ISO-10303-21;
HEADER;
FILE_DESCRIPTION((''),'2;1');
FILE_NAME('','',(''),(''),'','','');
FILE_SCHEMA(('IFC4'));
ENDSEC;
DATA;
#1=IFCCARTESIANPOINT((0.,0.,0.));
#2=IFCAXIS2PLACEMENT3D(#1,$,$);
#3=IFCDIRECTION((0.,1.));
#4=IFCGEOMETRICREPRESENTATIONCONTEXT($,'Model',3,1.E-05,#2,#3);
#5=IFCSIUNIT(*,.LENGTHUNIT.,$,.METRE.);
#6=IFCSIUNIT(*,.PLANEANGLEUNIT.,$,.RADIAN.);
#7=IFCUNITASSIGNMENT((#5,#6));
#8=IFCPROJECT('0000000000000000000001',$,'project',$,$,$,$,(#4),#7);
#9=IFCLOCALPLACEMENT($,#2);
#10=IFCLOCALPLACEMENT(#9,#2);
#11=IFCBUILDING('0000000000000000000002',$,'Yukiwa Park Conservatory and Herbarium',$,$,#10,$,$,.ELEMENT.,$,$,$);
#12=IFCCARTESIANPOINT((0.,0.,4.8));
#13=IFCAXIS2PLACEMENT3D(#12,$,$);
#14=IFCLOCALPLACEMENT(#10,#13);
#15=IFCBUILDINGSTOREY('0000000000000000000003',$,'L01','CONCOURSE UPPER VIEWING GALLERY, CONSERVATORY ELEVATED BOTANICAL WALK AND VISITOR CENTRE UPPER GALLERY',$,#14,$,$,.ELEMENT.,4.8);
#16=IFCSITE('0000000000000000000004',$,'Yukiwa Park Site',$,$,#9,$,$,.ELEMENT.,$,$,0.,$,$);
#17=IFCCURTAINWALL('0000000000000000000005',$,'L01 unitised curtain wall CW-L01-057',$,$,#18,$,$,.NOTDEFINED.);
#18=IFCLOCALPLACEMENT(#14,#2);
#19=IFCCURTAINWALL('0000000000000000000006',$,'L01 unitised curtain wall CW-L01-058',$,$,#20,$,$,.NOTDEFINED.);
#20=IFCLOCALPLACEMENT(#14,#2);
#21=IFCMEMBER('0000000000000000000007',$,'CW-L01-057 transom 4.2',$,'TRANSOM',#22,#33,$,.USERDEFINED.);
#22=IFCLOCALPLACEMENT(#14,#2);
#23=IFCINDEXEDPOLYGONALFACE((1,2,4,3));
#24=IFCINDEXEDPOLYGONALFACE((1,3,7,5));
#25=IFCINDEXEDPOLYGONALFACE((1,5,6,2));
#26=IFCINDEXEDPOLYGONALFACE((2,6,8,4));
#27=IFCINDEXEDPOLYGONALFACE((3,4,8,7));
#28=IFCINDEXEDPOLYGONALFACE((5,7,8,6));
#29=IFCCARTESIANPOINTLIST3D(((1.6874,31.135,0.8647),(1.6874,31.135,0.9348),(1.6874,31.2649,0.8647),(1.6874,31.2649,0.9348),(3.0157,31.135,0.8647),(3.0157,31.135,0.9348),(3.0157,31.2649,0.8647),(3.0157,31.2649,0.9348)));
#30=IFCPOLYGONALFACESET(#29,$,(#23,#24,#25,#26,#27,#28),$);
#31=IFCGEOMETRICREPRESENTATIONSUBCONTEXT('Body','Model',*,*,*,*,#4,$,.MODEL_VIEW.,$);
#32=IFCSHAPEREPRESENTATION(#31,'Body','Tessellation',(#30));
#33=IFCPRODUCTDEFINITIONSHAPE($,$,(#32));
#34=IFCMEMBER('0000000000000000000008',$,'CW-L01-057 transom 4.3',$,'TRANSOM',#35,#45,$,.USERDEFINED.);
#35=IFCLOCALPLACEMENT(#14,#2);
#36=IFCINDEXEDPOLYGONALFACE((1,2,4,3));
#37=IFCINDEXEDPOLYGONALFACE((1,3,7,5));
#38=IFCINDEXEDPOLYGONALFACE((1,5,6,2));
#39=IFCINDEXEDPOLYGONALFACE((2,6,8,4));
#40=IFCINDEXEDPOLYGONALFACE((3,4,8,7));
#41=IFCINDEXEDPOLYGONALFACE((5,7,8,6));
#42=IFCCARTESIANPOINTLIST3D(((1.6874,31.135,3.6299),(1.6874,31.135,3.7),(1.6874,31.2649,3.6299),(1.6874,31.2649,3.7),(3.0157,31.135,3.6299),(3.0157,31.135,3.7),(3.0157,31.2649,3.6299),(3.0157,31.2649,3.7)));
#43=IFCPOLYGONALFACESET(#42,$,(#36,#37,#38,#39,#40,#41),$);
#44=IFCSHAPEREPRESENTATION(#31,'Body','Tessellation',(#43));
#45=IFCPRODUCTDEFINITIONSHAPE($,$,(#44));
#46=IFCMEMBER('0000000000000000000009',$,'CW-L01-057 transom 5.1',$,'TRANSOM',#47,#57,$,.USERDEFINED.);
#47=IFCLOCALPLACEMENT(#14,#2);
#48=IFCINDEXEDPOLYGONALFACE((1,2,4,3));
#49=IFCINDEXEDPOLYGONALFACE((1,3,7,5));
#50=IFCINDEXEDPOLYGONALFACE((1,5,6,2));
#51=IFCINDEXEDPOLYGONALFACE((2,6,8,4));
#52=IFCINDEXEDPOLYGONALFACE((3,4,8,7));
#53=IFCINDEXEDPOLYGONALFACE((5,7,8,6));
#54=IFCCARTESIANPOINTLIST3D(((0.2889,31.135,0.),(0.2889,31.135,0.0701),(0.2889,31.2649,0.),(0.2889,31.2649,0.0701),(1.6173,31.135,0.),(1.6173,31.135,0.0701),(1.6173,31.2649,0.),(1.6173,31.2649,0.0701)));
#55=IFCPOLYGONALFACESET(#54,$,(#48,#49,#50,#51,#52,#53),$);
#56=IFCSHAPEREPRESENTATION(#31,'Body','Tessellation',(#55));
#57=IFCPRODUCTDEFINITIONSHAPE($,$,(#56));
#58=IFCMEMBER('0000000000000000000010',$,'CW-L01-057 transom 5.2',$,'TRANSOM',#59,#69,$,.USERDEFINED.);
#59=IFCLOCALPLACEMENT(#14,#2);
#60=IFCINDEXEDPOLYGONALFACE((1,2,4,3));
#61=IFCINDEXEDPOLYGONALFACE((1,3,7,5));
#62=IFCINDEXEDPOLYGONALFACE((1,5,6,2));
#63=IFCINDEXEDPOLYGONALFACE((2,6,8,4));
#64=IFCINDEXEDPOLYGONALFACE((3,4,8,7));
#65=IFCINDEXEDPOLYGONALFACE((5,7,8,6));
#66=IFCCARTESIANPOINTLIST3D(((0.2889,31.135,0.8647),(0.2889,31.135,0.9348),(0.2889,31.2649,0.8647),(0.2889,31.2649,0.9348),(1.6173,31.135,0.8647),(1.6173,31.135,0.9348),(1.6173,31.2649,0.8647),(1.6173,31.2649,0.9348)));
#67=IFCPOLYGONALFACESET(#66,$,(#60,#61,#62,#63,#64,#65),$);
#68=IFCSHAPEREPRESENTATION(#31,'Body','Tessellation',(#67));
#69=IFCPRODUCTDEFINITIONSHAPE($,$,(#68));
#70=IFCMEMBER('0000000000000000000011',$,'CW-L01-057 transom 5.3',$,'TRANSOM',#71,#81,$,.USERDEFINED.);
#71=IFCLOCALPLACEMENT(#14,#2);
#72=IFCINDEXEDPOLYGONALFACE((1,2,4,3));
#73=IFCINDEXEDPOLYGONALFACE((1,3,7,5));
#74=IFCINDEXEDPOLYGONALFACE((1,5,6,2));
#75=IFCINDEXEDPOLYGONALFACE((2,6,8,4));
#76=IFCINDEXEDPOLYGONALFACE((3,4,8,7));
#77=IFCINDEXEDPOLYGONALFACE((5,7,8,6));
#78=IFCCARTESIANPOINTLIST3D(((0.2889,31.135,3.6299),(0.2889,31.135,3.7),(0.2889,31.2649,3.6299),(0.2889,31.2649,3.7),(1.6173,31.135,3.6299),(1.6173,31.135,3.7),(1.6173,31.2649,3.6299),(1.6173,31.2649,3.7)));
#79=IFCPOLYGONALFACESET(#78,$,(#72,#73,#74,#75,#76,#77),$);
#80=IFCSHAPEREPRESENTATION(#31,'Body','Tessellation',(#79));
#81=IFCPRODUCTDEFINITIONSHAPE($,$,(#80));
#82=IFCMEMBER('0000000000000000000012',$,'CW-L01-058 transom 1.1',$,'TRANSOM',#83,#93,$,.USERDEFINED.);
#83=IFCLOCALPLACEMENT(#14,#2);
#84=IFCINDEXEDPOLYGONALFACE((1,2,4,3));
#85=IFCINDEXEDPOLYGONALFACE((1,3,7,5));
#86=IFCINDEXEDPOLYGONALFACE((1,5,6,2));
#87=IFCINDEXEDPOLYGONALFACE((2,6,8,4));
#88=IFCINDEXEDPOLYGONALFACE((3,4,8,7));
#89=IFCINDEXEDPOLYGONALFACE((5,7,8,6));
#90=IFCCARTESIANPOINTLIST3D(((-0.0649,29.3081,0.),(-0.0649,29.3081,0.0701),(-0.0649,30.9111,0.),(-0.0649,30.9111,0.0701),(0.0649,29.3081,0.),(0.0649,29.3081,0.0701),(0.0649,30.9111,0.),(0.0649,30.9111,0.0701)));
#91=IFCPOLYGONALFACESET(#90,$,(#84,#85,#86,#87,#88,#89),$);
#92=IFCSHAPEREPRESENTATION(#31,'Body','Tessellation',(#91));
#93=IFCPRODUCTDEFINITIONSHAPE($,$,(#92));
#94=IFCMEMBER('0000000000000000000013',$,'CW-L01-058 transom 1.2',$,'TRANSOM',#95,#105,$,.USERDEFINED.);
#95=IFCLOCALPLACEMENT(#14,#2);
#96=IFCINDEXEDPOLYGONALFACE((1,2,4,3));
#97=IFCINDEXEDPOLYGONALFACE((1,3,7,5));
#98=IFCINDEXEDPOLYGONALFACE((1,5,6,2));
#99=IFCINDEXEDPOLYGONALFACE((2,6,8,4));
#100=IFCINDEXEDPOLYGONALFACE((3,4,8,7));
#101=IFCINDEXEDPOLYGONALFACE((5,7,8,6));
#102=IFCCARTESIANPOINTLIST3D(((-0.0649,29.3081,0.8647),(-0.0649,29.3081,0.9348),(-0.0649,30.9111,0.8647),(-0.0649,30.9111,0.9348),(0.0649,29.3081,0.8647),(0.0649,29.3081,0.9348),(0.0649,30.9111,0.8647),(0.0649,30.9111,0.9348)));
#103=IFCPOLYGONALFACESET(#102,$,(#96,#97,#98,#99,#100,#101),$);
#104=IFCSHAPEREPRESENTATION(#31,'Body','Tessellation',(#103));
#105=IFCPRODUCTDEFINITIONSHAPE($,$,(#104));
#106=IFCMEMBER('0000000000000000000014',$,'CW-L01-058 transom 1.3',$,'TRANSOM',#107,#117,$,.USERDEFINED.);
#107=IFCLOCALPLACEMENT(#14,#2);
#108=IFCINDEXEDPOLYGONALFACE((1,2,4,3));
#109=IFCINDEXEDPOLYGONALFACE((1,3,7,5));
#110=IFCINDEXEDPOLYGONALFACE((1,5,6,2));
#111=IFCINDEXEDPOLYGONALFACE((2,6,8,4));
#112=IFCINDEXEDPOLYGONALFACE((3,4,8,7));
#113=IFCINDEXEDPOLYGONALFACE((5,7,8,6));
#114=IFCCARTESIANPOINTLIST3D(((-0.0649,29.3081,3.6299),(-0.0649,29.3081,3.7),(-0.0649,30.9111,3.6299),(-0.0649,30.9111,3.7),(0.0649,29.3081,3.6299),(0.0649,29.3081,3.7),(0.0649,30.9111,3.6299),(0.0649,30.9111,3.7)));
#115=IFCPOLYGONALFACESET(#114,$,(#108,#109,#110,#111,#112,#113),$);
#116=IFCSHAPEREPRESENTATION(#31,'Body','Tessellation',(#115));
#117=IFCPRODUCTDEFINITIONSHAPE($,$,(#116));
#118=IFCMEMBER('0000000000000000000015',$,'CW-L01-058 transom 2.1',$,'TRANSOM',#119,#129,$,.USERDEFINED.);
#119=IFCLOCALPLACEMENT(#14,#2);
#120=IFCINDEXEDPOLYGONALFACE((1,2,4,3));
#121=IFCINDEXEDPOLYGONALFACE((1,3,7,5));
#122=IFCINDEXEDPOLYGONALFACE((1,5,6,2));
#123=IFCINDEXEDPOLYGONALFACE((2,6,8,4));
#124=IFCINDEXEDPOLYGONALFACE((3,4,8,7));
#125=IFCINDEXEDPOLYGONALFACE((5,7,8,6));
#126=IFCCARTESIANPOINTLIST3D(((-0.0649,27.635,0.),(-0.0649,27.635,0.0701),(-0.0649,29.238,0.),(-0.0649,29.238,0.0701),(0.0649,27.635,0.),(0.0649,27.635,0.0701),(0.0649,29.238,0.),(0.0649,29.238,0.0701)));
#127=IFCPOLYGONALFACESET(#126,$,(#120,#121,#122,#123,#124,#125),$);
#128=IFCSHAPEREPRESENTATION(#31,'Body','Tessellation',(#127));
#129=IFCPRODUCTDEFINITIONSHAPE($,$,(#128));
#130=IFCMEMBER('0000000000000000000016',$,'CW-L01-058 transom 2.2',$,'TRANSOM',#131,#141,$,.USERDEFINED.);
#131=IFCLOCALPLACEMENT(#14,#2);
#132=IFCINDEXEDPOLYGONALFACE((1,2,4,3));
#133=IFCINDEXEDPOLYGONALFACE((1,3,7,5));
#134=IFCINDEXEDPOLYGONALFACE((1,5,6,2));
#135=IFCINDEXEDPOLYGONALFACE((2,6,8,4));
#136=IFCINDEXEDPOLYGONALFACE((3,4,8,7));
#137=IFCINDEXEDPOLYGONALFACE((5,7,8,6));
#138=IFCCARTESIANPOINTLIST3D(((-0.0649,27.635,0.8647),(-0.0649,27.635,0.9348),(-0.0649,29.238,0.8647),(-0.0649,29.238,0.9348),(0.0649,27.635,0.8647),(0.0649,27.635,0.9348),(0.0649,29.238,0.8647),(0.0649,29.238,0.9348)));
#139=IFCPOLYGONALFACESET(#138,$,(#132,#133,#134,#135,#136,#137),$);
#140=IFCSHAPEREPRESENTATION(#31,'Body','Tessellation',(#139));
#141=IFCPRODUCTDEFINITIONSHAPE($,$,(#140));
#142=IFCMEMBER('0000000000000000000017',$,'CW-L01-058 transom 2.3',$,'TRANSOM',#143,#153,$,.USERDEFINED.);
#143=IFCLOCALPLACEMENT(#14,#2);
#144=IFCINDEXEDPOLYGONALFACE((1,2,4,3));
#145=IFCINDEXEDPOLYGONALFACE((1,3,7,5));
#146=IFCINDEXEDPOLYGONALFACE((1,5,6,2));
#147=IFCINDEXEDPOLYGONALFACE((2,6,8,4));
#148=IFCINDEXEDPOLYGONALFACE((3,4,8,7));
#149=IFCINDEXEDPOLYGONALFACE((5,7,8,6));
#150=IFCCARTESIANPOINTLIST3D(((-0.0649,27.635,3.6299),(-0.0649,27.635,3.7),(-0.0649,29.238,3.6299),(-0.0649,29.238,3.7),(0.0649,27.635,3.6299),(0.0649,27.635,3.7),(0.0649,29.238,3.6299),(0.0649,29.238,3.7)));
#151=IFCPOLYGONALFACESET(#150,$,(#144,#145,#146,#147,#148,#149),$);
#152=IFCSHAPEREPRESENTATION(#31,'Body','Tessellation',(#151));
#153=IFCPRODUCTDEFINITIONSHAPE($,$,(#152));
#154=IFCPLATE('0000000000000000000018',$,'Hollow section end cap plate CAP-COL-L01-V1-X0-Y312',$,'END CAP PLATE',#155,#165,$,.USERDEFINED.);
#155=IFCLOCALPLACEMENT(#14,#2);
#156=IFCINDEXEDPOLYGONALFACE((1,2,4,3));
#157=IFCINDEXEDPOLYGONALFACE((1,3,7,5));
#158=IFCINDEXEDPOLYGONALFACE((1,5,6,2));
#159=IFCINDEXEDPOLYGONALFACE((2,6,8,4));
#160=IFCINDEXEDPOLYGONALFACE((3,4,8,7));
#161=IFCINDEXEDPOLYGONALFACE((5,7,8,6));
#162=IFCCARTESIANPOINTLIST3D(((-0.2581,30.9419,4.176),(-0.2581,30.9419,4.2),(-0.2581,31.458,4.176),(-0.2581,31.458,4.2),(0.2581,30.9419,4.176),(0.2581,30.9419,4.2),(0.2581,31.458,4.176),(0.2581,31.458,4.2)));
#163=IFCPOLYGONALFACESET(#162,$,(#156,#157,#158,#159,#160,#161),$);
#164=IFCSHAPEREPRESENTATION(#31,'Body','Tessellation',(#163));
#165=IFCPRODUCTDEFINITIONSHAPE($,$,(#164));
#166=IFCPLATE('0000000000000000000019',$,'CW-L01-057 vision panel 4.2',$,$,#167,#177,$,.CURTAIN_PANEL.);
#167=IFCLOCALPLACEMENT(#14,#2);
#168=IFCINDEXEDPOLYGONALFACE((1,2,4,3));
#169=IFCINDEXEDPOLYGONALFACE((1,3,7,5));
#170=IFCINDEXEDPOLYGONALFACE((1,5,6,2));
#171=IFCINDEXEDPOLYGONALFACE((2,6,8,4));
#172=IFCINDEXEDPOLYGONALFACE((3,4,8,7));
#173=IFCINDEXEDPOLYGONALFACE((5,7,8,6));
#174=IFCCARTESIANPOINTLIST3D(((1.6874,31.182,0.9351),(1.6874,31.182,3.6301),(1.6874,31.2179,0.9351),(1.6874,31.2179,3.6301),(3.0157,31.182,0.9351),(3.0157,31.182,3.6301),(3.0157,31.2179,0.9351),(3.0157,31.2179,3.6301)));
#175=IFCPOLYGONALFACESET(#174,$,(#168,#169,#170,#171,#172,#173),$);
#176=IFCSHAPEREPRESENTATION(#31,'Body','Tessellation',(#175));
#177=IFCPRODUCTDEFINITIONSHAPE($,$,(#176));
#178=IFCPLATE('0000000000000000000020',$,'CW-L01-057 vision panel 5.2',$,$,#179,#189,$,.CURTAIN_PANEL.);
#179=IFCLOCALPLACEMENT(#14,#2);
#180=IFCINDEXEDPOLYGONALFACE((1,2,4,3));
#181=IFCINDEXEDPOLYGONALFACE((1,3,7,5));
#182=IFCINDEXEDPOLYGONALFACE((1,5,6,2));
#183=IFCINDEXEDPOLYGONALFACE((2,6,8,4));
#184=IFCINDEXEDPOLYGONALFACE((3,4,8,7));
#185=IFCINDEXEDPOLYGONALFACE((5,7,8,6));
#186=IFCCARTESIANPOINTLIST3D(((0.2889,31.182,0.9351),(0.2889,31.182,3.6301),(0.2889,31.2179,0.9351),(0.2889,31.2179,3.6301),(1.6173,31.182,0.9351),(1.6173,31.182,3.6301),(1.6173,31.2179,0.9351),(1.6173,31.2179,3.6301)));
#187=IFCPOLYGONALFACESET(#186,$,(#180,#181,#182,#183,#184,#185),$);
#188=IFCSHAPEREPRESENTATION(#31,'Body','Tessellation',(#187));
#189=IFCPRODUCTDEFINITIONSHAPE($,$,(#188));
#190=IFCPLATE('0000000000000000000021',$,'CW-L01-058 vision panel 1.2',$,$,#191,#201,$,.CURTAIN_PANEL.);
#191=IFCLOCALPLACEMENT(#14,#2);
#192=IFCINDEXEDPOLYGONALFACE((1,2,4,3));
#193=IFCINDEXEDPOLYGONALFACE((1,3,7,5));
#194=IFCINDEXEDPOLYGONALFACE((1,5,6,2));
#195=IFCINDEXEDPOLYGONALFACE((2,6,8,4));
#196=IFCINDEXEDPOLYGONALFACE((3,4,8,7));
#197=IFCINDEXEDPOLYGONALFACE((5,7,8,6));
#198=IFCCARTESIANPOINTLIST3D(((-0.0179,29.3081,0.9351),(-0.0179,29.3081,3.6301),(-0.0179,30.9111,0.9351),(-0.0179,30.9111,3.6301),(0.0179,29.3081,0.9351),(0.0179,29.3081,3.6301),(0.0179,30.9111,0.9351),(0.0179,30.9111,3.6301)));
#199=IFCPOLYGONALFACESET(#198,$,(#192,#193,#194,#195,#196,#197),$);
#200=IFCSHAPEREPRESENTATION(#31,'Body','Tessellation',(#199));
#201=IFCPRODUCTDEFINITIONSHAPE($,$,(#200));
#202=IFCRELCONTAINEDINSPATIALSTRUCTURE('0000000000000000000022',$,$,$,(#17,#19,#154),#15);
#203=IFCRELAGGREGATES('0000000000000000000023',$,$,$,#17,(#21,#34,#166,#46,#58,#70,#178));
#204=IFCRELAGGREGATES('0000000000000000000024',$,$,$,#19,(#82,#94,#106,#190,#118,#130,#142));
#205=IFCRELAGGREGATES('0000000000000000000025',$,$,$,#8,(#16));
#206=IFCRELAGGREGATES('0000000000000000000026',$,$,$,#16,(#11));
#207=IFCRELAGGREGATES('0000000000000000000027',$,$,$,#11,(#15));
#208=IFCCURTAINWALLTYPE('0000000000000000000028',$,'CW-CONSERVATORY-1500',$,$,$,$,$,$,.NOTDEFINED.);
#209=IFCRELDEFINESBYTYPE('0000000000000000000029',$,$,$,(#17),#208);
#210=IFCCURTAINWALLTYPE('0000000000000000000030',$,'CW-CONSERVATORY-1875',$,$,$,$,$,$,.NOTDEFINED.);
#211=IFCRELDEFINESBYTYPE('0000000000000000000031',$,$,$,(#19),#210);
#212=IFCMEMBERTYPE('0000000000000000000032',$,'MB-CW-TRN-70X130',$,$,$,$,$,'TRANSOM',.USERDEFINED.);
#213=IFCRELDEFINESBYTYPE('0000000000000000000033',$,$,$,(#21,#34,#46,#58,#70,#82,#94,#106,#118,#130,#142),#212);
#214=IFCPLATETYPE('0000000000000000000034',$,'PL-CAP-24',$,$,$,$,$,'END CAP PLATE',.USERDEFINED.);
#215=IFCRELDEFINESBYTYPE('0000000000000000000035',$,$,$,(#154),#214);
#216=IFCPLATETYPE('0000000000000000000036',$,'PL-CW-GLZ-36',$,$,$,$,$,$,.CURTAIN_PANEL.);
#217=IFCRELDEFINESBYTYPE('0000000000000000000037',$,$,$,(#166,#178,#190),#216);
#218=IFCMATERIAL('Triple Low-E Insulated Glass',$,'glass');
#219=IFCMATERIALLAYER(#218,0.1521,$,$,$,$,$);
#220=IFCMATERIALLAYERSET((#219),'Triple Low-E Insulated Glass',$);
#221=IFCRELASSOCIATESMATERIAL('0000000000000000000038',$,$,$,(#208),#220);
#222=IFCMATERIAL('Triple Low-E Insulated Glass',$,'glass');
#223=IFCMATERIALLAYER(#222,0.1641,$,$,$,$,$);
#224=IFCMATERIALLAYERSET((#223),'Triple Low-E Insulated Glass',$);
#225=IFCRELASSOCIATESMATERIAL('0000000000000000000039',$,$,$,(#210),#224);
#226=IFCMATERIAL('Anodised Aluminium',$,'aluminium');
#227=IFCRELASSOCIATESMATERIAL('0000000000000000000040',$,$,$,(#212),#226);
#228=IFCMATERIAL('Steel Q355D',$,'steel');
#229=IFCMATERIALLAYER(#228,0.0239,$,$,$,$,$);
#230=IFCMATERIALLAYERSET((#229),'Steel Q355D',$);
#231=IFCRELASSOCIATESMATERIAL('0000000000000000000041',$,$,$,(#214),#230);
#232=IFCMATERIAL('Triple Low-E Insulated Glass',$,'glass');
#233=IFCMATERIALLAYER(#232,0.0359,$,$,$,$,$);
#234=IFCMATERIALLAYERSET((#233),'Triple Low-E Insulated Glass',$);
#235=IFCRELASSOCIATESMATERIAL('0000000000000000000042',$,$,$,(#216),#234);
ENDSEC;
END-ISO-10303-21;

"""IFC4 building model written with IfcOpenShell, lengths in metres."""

from ifc_helpers import new_model, si_unit, direction, frame, origin, origin_2d, place, context, subcontext, project, spatial, rectangle, extrude, material, layer, layer_set, type_object, element, aggregate, save


model = new_model("IFC4")

# Units and contexts
model_context = context("Model", 3, precision=1e-05, world=origin(), true_north=direction((0.0, 1.0)))
body_context = subcontext(model_context, "Body", "Model", "MODEL_VIEW")
ifc_project = project(units=[si_unit("LENGTHUNIT", "METRE"), si_unit("PLANEANGLEUNIT", "RADIAN")], contexts=[model_context])

# Site, building, storey
site_placement = place(None, origin())
site = spatial("IfcSite", under=ifc_project, at=site_placement, Name="Yukiwa Park Site", CompositionType="ELEMENT", RefElevation=0.0)
building_placement = place(site_placement, origin())
building = spatial("IfcBuilding", under=site, at=building_placement, Name="Yukiwa Park Conservatory and Herbarium", CompositionType="ELEMENT")
storey_placement = place(building_placement, frame((0.0, 0.0, 4.8)))
storey = spatial("IfcBuildingStorey", under=building, at=storey_placement, Name="L01", Description="CONCOURSE UPPER VIEWING GALLERY, CONSERVATORY ELEVATED BOTANICAL WALK AND VISITOR CENTRE UPPER GALLERY", CompositionType="ELEMENT", Elevation=4.8)

# Curtain walls
ifc_material_1 = material(Name="Triple Low-E Insulated Glass", Category="glass")
ifc_layer_1 = layer(ifc_material_1, 0.1521)
ifc_layer_set_1 = layer_set([ifc_layer_1], Name="Triple Low-E Insulated Glass")
curtain_wall_type_1 = type_object("IfcCurtainWallType", Name="CW-CONSERVATORY-1500", PredefinedType="NOTDEFINED", material=ifc_layer_set_1)
curtain_wall_1_placement = place(storey_placement, origin())
curtain_wall_1 = element("IfcCurtainWall", 1, at=curtain_wall_1_placement, inside=storey, type_object=curtain_wall_type_1, Name="L01 unitised curtain wall CW-L01-057", PredefinedType="NOTDEFINED")
ifc_material_2 = material(Name="Triple Low-E Insulated Glass", Category="glass")
ifc_layer_2 = layer(ifc_material_2, 0.1641)
ifc_layer_set_2 = layer_set([ifc_layer_2], Name="Triple Low-E Insulated Glass")
curtain_wall_type_2 = type_object("IfcCurtainWallType", Name="CW-CONSERVATORY-1875", PredefinedType="NOTDEFINED", material=ifc_layer_set_2)
curtain_wall_2_placement = place(storey_placement, origin())
curtain_wall_2 = element("IfcCurtainWall", 2, at=curtain_wall_2_placement, inside=storey, type_object=curtain_wall_type_2, Name="L01 unitised curtain wall CW-L01-058", PredefinedType="NOTDEFINED")

# Members
ifc_material_3 = material(Name="Anodised Aluminium", Category="aluminium")
member_type_1 = type_object("IfcMemberType", Name="MB-CW-TRN-70X130", ElementType="TRANSOM", PredefinedType="USERDEFINED", material=ifc_material_3)
member_1_placement = place(storey_placement, frame((2.3516, 31.2, 0.8647), z_axis=(0.0, 0.0, 1.0), x_axis=(-1.0, 0.0, 0.0)))
member_1 = element("IfcMember", 3, at=member_1_placement, type_object=member_type_1, Name="CW-L01-057 transom 4.2", ObjectType="TRANSOM", PredefinedType="USERDEFINED", context=body_context, shape_type="SweptSolid", body=[
    extrude(rectangle(XDim=1.3284, YDim=0.1299, at=origin_2d()), origin(), (0.0, 0.0, 1.0), 0.0701),
])
member_2_placement = place(storey_placement, frame((2.3516, 31.2, 3.6299), z_axis=(0.0, 0.0, 1.0), x_axis=(-1.0, 0.0, 0.0)))
member_2 = element("IfcMember", 4, at=member_2_placement, type_object=member_type_1, Name="CW-L01-057 transom 4.3", ObjectType="TRANSOM", PredefinedType="USERDEFINED", context=body_context, shape_type="SweptSolid", body=[
    extrude(rectangle(XDim=1.3284, YDim=0.1299, at=origin_2d()), origin(), (0.0, 0.0, 1.0), 0.0701),
])
member_3_placement = place(storey_placement, frame((0.9531, 31.2, 0.0), z_axis=(0.0, 0.0, 1.0), x_axis=(-1.0, 0.0, 0.0)))
member_3 = element("IfcMember", 5, at=member_3_placement, type_object=member_type_1, Name="CW-L01-057 transom 5.1", ObjectType="TRANSOM", PredefinedType="USERDEFINED", context=body_context, shape_type="SweptSolid", body=[
    extrude(rectangle(XDim=1.3284, YDim=0.1299, at=origin_2d()), origin(), (0.0, 0.0, 1.0), 0.0701),
])
member_4_placement = place(storey_placement, frame((0.9531, 31.2, 0.8647), z_axis=(0.0, 0.0, 1.0), x_axis=(-1.0, 0.0, 0.0)))
member_4 = element("IfcMember", 6, at=member_4_placement, type_object=member_type_1, Name="CW-L01-057 transom 5.2", ObjectType="TRANSOM", PredefinedType="USERDEFINED", context=body_context, shape_type="SweptSolid", body=[
    extrude(rectangle(XDim=1.3284, YDim=0.1299, at=origin_2d()), origin(), (0.0, 0.0, 1.0), 0.0701),
])
member_5_placement = place(storey_placement, frame((0.9531, 31.2, 3.6299), z_axis=(0.0, 0.0, 1.0), x_axis=(-1.0, 0.0, 0.0)))
member_5 = element("IfcMember", 7, at=member_5_placement, type_object=member_type_1, Name="CW-L01-057 transom 5.3", ObjectType="TRANSOM", PredefinedType="USERDEFINED", context=body_context, shape_type="SweptSolid", body=[
    extrude(rectangle(XDim=1.3284, YDim=0.1299, at=origin_2d()), origin(), (0.0, 0.0, 1.0), 0.0701),
])
member_6_placement = place(storey_placement, frame((0.0, 30.1096, 0.0), z_axis=(0.0, 0.0, 1.0), x_axis=(0.0, -1.0, 0.0)))
member_6 = element("IfcMember", 8, at=member_6_placement, type_object=member_type_1, Name="CW-L01-058 transom 1.1", ObjectType="TRANSOM", PredefinedType="USERDEFINED", context=body_context, shape_type="SweptSolid", body=[
    extrude(rectangle(XDim=1.603, YDim=0.1299, at=origin_2d()), origin(), (0.0, 0.0, 1.0), 0.0701),
])
member_7_placement = place(storey_placement, frame((0.0, 30.1096, 0.8647), z_axis=(0.0, 0.0, 1.0), x_axis=(0.0, -1.0, 0.0)))
member_7 = element("IfcMember", 9, at=member_7_placement, type_object=member_type_1, Name="CW-L01-058 transom 1.2", ObjectType="TRANSOM", PredefinedType="USERDEFINED", context=body_context, shape_type="SweptSolid", body=[
    extrude(rectangle(XDim=1.603, YDim=0.1299, at=origin_2d()), origin(), (0.0, 0.0, 1.0), 0.0701),
])
member_8_placement = place(storey_placement, frame((0.0, 30.1096, 3.6299), z_axis=(0.0, 0.0, 1.0), x_axis=(0.0, -1.0, 0.0)))
member_8 = element("IfcMember", 10, at=member_8_placement, type_object=member_type_1, Name="CW-L01-058 transom 1.3", ObjectType="TRANSOM", PredefinedType="USERDEFINED", context=body_context, shape_type="SweptSolid", body=[
    extrude(rectangle(XDim=1.603, YDim=0.1299, at=origin_2d()), origin(), (0.0, 0.0, 1.0), 0.0701),
])
member_9_placement = place(storey_placement, frame((0.0, 28.4365, 0.0), z_axis=(0.0, 0.0, 1.0), x_axis=(0.0, -1.0, 0.0)))
member_9 = element("IfcMember", 11, at=member_9_placement, type_object=member_type_1, Name="CW-L01-058 transom 2.1", ObjectType="TRANSOM", PredefinedType="USERDEFINED", context=body_context, shape_type="SweptSolid", body=[
    extrude(rectangle(XDim=1.603, YDim=0.1299, at=origin_2d()), origin(), (0.0, 0.0, 1.0), 0.0701),
])
member_10_placement = place(storey_placement, frame((0.0, 28.4365, 0.8647), z_axis=(0.0, 0.0, 1.0), x_axis=(0.0, -1.0, 0.0)))
member_10 = element("IfcMember", 12, at=member_10_placement, type_object=member_type_1, Name="CW-L01-058 transom 2.2", ObjectType="TRANSOM", PredefinedType="USERDEFINED", context=body_context, shape_type="SweptSolid", body=[
    extrude(rectangle(XDim=1.603, YDim=0.1299, at=origin_2d()), origin(), (0.0, 0.0, 1.0), 0.0701),
])
member_11_placement = place(storey_placement, frame((0.0, 28.4365, 3.6299), z_axis=(0.0, 0.0, 1.0), x_axis=(0.0, -1.0, 0.0)))
member_11 = element("IfcMember", 13, at=member_11_placement, type_object=member_type_1, Name="CW-L01-058 transom 2.3", ObjectType="TRANSOM", PredefinedType="USERDEFINED", context=body_context, shape_type="SweptSolid", body=[
    extrude(rectangle(XDim=1.603, YDim=0.1299, at=origin_2d()), origin(), (0.0, 0.0, 1.0), 0.0701),
])

# Plates
ifc_material_4 = material(Name="Steel Q355D", Category="steel")
ifc_layer_3 = layer(ifc_material_4, 0.0239)
ifc_layer_set_3 = layer_set([ifc_layer_3], Name="Steel Q355D")
plate_type_1 = type_object("IfcPlateType", Name="PL-CAP-24", ElementType="END CAP PLATE", PredefinedType="USERDEFINED", material=ifc_layer_set_3)
plate_1_placement = place(storey_placement, frame((0.0, 31.2, 4.176), z_axis=(0.0, 0.0, 1.0), x_axis=(1.0, 0.0, 0.0)))
element("IfcPlate", 14, at=plate_1_placement, inside=storey, type_object=plate_type_1, Name="Hollow section end cap plate CAP-COL-L01-V1-X0-Y312", ObjectType="END CAP PLATE", PredefinedType="USERDEFINED", context=body_context, shape_type="SweptSolid", body=[
    extrude(rectangle(XDim=0.5161, YDim=0.5161, at=origin_2d()), origin(), (0.0, 0.0, 1.0), 0.0239),
])
ifc_material_5 = material(Name="Triple Low-E Insulated Glass", Category="glass")
ifc_layer_4 = layer(ifc_material_5, 0.0359)
ifc_layer_set_4 = layer_set([ifc_layer_4], Name="Triple Low-E Insulated Glass")
plate_type_2 = type_object("IfcPlateType", Name="PL-CW-GLZ-36", PredefinedType="CURTAIN_PANEL", material=ifc_layer_set_4)
plate_2_placement = place(storey_placement, frame((2.3516, 31.2, 0.9351), z_axis=(0.0, 0.0, 1.0), x_axis=(-1.0, 0.0, 0.0)))
plate_2 = element("IfcPlate", 15, at=plate_2_placement, type_object=plate_type_2, Name="CW-L01-057 vision panel 4.2", PredefinedType="CURTAIN_PANEL", context=body_context, shape_type="SweptSolid", body=[
    extrude(rectangle(XDim=1.3284, YDim=0.0359, at=origin_2d()), origin(), (0.0, 0.0, 1.0), 2.6951),
])
plate_3_placement = place(storey_placement, frame((0.9531, 31.2, 0.9351), z_axis=(0.0, 0.0, 1.0), x_axis=(-1.0, 0.0, 0.0)))
plate_3 = element("IfcPlate", 16, at=plate_3_placement, type_object=plate_type_2, Name="CW-L01-057 vision panel 5.2", PredefinedType="CURTAIN_PANEL", context=body_context, shape_type="SweptSolid", body=[
    extrude(rectangle(XDim=1.3284, YDim=0.0359, at=origin_2d()), origin(), (0.0, 0.0, 1.0), 2.6951),
])
plate_4_placement = place(storey_placement, frame((0.0, 30.1096, 0.9351), z_axis=(0.0, 0.0, 1.0), x_axis=(0.0, -1.0, 0.0)))
plate_4 = element("IfcPlate", 17, at=plate_4_placement, type_object=plate_type_2, Name="CW-L01-058 vision panel 1.2", PredefinedType="CURTAIN_PANEL", context=body_context, shape_type="SweptSolid", body=[
    extrude(rectangle(XDim=1.603, YDim=0.0359, at=origin_2d()), origin(), (0.0, 0.0, 1.0), 2.6951),
])
aggregate(curtain_wall_1, [member_1, member_2, plate_2, member_3, member_4, member_5, plate_3])
aggregate(curtain_wall_2, [member_6, member_7, member_8, plate_4, member_9, member_10, member_11])

save(model, "model.ifc")
